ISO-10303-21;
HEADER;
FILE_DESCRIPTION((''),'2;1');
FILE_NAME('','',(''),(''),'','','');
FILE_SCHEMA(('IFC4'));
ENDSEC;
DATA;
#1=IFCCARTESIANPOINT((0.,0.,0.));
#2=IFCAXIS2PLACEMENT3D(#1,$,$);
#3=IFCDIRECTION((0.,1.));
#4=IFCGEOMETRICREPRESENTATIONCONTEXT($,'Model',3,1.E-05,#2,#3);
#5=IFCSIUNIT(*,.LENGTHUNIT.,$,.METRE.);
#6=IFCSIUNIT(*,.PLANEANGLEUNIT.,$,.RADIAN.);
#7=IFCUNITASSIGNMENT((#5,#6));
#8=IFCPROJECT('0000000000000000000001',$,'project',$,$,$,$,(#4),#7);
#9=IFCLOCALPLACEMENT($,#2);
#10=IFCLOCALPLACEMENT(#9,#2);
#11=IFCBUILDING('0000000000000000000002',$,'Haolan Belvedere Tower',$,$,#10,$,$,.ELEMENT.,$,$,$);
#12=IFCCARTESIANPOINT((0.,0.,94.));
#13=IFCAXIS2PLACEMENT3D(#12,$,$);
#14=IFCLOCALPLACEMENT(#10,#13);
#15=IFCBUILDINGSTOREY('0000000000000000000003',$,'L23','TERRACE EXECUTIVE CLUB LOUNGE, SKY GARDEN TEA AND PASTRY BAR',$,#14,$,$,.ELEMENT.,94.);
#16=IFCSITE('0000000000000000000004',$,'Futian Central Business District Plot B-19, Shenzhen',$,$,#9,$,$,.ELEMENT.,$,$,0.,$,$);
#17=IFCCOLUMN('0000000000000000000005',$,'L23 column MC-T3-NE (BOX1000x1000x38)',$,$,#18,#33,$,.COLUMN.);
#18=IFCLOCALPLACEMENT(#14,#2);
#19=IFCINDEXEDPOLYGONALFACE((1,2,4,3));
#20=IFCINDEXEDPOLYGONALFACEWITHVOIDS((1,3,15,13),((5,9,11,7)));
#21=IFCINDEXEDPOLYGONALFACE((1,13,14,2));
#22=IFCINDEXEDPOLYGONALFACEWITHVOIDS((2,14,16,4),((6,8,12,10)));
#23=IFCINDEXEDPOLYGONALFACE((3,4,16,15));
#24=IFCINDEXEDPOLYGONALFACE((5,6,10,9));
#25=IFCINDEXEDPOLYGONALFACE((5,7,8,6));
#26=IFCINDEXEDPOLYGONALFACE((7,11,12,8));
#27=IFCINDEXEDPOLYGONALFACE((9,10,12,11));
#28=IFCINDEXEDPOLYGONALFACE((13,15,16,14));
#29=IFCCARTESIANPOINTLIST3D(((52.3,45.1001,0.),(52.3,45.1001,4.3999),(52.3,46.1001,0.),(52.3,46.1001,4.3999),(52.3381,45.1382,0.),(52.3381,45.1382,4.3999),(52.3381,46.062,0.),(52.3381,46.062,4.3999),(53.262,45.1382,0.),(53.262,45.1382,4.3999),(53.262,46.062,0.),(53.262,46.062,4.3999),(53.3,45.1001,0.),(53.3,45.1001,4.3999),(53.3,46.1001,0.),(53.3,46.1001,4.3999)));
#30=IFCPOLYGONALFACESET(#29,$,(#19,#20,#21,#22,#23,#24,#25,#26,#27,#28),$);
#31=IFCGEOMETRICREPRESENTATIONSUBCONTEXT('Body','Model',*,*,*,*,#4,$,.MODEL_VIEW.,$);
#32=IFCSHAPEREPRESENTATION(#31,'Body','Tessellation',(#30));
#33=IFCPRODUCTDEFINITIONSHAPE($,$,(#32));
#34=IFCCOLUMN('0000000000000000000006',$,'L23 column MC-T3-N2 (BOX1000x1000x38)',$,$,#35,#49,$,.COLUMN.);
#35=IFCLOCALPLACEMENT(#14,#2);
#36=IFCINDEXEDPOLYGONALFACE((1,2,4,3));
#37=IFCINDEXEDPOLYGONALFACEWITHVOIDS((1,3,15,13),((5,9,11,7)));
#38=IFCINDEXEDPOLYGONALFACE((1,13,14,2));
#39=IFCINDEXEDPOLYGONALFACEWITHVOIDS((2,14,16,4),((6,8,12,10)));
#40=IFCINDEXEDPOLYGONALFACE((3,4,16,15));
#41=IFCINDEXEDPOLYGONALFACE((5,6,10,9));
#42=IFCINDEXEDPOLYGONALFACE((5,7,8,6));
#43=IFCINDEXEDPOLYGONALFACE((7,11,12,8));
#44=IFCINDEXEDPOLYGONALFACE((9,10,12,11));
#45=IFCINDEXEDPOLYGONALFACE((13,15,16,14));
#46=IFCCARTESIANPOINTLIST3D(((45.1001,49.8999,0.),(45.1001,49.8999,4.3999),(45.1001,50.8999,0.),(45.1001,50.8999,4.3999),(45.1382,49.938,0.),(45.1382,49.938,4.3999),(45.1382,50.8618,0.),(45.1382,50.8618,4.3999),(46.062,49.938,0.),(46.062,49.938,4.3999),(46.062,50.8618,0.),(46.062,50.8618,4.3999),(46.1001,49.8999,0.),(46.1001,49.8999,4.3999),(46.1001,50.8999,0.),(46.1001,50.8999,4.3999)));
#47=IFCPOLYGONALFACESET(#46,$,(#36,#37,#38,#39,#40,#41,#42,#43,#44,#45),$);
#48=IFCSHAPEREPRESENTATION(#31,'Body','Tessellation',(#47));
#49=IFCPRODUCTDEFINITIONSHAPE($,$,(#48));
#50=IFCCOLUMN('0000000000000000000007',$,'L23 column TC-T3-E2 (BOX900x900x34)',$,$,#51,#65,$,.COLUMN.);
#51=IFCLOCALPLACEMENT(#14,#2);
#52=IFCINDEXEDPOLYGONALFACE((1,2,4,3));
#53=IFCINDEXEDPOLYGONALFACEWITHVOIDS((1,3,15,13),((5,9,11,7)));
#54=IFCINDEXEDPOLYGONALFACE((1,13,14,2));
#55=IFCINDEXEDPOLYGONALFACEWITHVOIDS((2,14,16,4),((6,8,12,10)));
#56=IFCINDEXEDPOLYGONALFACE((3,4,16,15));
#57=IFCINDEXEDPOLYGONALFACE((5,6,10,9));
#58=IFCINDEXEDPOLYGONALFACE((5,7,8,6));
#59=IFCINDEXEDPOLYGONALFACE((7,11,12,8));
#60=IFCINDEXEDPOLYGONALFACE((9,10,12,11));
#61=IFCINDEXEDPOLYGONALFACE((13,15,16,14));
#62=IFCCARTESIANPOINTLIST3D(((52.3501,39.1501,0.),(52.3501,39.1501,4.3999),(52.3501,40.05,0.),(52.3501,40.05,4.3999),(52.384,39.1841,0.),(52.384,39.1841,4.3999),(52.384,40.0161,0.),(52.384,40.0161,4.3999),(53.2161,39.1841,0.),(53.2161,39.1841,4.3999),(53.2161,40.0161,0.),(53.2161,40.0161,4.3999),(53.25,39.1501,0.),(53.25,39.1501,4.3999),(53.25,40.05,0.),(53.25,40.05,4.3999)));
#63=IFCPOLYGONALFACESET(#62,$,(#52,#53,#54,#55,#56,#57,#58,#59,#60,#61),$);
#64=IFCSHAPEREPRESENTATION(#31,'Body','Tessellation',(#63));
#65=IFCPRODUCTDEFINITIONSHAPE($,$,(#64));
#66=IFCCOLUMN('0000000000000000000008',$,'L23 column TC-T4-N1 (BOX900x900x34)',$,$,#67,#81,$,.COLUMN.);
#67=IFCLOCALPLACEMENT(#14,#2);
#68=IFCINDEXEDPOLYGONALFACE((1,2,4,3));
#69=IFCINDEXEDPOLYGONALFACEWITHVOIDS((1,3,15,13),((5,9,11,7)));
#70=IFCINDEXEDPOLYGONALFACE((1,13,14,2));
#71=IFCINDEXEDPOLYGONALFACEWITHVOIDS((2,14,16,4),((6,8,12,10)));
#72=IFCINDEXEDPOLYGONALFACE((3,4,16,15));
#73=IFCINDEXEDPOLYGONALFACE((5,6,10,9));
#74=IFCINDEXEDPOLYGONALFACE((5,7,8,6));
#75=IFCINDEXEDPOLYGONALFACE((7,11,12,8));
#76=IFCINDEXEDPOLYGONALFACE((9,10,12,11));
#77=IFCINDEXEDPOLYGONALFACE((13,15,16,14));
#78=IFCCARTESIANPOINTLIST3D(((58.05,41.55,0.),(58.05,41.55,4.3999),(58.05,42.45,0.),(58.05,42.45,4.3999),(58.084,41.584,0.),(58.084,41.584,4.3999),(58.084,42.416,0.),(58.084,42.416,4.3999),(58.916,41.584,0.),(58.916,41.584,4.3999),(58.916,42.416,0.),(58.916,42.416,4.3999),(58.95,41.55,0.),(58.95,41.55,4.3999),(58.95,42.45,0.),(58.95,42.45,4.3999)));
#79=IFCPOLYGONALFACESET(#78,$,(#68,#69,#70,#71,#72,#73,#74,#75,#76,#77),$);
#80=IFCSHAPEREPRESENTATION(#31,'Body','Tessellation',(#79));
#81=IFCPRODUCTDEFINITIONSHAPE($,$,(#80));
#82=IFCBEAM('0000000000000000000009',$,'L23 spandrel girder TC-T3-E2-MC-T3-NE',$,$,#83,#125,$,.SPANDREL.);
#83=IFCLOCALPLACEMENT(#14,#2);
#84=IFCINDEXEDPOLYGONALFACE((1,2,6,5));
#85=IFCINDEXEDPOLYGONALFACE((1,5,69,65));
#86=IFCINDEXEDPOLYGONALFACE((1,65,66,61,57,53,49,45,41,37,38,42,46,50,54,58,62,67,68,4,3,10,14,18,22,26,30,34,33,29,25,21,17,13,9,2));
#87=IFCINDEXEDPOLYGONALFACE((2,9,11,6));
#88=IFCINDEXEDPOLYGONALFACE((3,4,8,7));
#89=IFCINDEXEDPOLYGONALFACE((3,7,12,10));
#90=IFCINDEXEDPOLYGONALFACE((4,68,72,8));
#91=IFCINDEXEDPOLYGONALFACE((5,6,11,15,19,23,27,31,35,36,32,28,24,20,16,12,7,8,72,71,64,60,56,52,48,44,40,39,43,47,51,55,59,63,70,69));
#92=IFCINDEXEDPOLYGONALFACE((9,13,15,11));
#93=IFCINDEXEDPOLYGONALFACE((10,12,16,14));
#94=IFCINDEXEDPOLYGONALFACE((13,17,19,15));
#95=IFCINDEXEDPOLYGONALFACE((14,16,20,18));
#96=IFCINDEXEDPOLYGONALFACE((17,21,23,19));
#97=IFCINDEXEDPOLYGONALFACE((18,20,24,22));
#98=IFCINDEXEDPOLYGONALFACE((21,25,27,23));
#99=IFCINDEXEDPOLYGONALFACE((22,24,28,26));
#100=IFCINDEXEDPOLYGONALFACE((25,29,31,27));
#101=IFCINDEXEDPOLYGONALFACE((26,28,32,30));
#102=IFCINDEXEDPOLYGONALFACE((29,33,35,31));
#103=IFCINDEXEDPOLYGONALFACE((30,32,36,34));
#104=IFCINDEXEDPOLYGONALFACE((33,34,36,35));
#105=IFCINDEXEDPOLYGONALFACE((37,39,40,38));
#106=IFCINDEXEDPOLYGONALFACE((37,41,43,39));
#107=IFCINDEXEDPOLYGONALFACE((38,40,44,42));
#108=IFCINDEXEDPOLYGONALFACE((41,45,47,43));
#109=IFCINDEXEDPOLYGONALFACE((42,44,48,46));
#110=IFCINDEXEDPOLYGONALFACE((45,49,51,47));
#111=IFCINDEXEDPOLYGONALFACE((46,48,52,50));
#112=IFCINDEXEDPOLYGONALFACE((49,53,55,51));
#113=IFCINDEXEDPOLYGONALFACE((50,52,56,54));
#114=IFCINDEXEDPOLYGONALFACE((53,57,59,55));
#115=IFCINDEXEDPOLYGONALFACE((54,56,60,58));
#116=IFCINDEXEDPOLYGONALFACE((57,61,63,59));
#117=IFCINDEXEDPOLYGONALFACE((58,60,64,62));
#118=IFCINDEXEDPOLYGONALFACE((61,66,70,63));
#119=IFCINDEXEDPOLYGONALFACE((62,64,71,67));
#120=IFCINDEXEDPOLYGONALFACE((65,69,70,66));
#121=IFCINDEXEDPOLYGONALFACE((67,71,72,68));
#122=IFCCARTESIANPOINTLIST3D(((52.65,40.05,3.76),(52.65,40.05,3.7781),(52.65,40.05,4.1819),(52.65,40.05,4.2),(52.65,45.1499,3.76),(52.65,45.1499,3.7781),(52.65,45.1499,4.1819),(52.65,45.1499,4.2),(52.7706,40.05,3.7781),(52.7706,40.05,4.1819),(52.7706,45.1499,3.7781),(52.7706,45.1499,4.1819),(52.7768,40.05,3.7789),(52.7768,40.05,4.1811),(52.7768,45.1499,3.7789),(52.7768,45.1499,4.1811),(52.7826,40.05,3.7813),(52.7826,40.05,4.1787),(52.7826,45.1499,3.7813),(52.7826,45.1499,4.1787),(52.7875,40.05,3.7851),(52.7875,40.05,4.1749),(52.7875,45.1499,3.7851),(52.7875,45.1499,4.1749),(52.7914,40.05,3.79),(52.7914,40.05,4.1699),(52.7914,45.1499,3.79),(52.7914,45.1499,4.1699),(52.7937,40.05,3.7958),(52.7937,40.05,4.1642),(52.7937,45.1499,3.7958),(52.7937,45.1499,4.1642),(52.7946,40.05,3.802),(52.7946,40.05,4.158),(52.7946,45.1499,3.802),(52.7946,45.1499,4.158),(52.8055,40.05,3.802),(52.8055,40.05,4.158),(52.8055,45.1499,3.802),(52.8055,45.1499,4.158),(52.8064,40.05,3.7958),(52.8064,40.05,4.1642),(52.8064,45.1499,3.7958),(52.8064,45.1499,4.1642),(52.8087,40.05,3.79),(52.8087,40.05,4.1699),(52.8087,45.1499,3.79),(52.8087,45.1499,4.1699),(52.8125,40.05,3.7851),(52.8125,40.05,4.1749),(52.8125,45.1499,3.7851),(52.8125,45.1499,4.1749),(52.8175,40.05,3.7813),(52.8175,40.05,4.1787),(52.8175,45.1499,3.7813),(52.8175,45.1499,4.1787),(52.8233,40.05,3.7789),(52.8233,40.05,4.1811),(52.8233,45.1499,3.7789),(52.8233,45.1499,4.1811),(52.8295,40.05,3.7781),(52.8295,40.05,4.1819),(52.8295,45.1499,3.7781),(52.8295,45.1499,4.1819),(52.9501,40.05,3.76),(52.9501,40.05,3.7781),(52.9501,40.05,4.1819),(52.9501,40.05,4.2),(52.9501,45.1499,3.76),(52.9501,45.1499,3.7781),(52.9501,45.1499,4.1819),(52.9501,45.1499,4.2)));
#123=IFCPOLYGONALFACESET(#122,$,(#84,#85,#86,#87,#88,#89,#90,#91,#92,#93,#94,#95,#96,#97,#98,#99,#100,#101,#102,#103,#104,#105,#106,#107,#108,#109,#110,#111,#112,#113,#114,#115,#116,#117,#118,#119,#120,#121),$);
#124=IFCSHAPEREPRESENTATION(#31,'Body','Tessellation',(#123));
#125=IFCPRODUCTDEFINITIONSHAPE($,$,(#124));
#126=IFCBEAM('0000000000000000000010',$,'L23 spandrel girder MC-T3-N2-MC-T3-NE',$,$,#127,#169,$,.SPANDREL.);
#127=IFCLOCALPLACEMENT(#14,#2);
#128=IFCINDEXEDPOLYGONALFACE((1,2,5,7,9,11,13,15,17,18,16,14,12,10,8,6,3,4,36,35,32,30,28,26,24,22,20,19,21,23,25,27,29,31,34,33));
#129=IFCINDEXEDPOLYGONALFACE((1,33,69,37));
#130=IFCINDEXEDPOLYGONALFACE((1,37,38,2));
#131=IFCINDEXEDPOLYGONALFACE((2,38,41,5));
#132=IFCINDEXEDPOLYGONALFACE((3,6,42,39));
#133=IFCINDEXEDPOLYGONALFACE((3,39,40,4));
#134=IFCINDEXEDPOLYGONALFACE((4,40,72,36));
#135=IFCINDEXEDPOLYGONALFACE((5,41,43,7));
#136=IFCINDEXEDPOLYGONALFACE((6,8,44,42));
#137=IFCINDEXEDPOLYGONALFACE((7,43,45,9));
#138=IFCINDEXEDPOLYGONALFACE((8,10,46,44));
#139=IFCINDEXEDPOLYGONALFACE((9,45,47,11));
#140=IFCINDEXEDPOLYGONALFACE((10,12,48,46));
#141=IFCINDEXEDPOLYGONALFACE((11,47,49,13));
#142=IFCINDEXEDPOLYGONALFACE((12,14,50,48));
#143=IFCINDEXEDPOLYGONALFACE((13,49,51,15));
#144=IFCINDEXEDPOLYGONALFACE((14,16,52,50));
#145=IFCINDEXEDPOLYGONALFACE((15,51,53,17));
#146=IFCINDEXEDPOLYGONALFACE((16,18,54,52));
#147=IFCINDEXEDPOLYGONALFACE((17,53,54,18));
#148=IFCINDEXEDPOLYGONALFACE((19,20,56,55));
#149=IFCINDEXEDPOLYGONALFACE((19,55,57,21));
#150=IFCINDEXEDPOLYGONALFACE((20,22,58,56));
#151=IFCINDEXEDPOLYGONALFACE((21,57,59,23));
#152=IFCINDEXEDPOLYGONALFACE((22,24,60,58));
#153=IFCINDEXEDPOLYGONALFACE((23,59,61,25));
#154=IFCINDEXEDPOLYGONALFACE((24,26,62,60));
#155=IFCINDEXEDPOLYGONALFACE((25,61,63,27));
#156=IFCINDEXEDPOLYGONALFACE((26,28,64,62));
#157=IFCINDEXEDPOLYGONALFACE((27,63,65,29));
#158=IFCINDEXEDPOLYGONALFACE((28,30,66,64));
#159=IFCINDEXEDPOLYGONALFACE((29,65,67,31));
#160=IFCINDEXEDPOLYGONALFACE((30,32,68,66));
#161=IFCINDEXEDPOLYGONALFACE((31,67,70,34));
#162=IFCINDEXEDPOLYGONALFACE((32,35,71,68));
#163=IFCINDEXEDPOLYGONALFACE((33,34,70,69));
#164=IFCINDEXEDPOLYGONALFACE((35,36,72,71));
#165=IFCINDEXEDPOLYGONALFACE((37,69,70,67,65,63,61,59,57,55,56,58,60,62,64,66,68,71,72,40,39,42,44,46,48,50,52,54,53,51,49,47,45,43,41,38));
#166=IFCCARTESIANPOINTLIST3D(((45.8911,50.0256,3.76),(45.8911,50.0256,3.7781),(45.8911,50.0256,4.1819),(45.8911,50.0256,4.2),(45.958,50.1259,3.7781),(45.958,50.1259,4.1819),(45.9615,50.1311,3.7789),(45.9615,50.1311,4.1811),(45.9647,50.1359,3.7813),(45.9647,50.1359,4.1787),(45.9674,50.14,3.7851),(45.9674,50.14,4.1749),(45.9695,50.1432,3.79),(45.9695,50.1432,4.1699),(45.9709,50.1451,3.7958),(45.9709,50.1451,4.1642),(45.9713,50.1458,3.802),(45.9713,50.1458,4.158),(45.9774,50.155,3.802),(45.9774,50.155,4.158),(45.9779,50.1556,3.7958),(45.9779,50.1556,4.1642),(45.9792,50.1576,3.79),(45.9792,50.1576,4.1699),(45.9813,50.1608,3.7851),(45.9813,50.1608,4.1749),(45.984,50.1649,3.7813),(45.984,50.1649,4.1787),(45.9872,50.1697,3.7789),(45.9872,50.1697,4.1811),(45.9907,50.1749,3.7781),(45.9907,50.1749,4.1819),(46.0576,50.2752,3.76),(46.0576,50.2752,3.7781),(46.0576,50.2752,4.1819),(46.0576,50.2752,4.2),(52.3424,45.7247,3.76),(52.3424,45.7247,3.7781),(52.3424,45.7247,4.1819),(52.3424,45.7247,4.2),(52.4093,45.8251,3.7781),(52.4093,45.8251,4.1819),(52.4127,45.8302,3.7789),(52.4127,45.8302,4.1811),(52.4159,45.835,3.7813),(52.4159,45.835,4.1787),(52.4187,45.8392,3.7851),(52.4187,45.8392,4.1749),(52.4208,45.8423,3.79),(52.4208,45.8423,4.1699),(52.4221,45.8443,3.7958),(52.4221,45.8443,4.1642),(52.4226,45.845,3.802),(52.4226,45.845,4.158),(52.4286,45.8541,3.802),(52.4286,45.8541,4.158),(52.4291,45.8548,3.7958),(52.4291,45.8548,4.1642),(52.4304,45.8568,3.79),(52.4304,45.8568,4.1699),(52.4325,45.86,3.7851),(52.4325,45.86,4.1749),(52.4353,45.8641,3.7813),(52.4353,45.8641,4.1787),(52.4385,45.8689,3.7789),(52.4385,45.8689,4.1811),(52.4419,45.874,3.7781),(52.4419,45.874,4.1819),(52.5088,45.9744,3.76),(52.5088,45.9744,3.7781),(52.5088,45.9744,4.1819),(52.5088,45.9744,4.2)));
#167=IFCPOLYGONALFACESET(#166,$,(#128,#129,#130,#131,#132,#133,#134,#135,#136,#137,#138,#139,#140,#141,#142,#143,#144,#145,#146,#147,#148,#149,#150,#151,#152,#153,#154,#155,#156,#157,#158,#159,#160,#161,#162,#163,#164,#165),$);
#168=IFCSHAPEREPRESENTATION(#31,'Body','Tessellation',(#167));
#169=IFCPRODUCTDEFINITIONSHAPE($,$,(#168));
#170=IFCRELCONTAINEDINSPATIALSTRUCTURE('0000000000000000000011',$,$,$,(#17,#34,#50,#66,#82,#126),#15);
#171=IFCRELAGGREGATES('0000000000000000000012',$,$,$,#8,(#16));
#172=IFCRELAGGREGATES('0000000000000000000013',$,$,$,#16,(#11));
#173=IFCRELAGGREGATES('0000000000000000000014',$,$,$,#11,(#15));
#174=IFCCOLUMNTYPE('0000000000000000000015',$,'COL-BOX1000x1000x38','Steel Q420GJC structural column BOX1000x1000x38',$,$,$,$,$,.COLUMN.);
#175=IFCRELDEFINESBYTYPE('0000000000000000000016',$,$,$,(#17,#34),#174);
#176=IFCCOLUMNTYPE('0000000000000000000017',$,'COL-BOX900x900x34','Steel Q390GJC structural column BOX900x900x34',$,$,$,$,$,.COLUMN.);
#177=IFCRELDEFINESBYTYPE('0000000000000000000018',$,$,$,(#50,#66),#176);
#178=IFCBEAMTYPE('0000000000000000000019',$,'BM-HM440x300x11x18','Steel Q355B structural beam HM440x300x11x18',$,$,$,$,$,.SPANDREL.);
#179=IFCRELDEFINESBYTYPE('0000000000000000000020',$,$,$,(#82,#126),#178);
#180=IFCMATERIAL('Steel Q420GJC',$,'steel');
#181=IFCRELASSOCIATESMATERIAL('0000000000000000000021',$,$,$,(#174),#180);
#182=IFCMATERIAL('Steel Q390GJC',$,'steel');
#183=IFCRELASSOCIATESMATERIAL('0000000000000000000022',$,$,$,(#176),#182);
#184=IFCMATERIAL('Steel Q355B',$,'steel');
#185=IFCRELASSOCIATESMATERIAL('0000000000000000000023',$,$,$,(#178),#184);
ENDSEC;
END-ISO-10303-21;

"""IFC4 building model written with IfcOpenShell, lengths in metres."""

from ifc_helpers import new_model, si_unit, direction, frame, origin, origin_2d, place, context, subcontext, project, spatial, hollow_rectangle, i_section, extrude, material, material_profile, profile_set, type_object, element, save


model = new_model("IFC4")

# Units and contexts
model_context = context("Model", 3, precision=1e-05, world=origin(), true_north=direction((0.0, 1.0)))
body_context = subcontext(model_context, "Body", "Model", "MODEL_VIEW")
ifc_project = project(units=[si_unit("LENGTHUNIT", "METRE"), si_unit("PLANEANGLEUNIT", "RADIAN")], contexts=[model_context])

# Site, building, storey
site_placement = place(None, origin())
site = spatial("IfcSite", under=ifc_project, at=site_placement, Name="Futian Central Business District Plot B-19, Shenzhen", CompositionType="ELEMENT", RefElevation=0.0)
building_placement = place(site_placement, origin())
building = spatial("IfcBuilding", under=site, at=building_placement, Name="Haolan Belvedere Tower", CompositionType="ELEMENT")
storey_placement = place(building_placement, frame((0.0, 0.0, 94.0)))
storey = spatial("IfcBuildingStorey", under=building, at=storey_placement, Name="L23", Description="TERRACE EXECUTIVE CLUB LOUNGE, SKY GARDEN TEA AND PASTRY BAR", CompositionType="ELEMENT", Elevation=94.0)

# Columns
ifc_material_1 = material(Name="Steel Q420GJC", Category="steel")
ifc_material_profile_1 = material_profile(ifc_material_1, hollow_rectangle(XDim=1.0, YDim=1.0, WallThickness=0.0381, at=origin_2d()), Name="Steel Q420GJC")
ifc_profile_set_1 = profile_set([ifc_material_profile_1], Name="Steel Q420GJC")
column_type_1 = type_object("IfcColumnType", Name="COL-BOX1000x1000x38", Description="Steel Q420GJC structural column BOX1000x1000x38", PredefinedType="COLUMN", material=ifc_profile_set_1)
for number, where, z_axis, x_axis, name in (
    (1, (52.8, 45.6001, 0.0), (0.0, 0.0, 1.0), (1.0, 0.0, 0.0), "L23 column MC-T3-NE (BOX1000x1000x38)"),
    (2, (45.6001, 50.3999, 0.0), (0.0, 0.0, 1.0), (1.0, 0.0, 0.0), "L23 column MC-T3-N2 (BOX1000x1000x38)"),
):
    element("IfcColumn", number, at=place(storey_placement, frame(where, z_axis=z_axis, x_axis=x_axis)), inside=storey, type_object=column_type_1, Name=name, PredefinedType="COLUMN", context=body_context, shape_type="SweptSolid", body=[
        extrude(hollow_rectangle(XDim=1.0, YDim=1.0, WallThickness=0.0381, at=origin_2d()), origin(), (0.0, 0.0, 1.0), 4.3999),
    ])
ifc_material_2 = material(Name="Steel Q390GJC", Category="steel")
ifc_material_profile_2 = material_profile(ifc_material_2, hollow_rectangle(XDim=0.8999, YDim=0.8999, WallThickness=0.0339, at=origin_2d()), Name="Steel Q390GJC")
ifc_profile_set_2 = profile_set([ifc_material_profile_2], Name="Steel Q390GJC")
column_type_2 = type_object("IfcColumnType", Name="COL-BOX900x900x34", Description="Steel Q390GJC structural column BOX900x900x34", PredefinedType="COLUMN", material=ifc_profile_set_2)
for number, where, z_axis, x_axis, name in (
    (3, (52.8, 39.6001, 0.0), (0.0, 0.0, 1.0), (1.0, 0.0, 0.0), "L23 column TC-T3-E2 (BOX900x900x34)"),
    (4, (58.5, 42.0, 0.0), (0.0, 0.0, 1.0), (1.0, 0.0, 0.0), "L23 column TC-T4-N1 (BOX900x900x34)"),
):
    element("IfcColumn", number, at=place(storey_placement, frame(where, z_axis=z_axis, x_axis=x_axis)), inside=storey, type_object=column_type_2, Name=name, PredefinedType="COLUMN", context=body_context, shape_type="SweptSolid", body=[
        extrude(hollow_rectangle(XDim=0.8999, YDim=0.8999, WallThickness=0.0339, at=origin_2d()), origin(), (0.0, 0.0, 1.0), 4.3999),
    ])

# Beams
ifc_material_3 = material(Name="Steel Q355B", Category="steel")
ifc_material_profile_3 = material_profile(ifc_material_3, i_section(OverallWidth=0.3, OverallDepth=0.4399, WebThickness=0.011, FlangeThickness=0.0181, FilletRadius=0.0239, at=origin_2d()), Name="Steel Q355B")
ifc_profile_set_3 = profile_set([ifc_material_profile_3], Name="Steel Q355B")
beam_type_1 = type_object("IfcBeamType", Name="BM-HM440x300x11x18", Description="Steel Q355B structural beam HM440x300x11x18", PredefinedType="SPANDREL", material=ifc_profile_set_3)
beam_1_placement = place(storey_placement, frame((52.8, 40.05, 3.98), z_axis=(0.0, 1.0, 0.0), x_axis=(-1.0, 0.0, 0.0)))
element("IfcBeam", 5, at=beam_1_placement, inside=storey, type_object=beam_type_1, Name="L23 spandrel girder TC-T3-E2-MC-T3-NE", PredefinedType="SPANDREL", context=body_context, shape_type="SweptSolid", body=[
    extrude(i_section(OverallWidth=0.3, OverallDepth=0.4399, WebThickness=0.011, FlangeThickness=0.0181, FilletRadius=0.0239, at=origin_2d()), origin(), (0.0, 0.0, 1.0), 5.0999),
])
beam_2_placement = place(storey_placement, frame((45.9744, 50.1504, 3.98), z_axis=(0.83205, -0.5547, 0.0), x_axis=(0.5547, 0.83205, 0.0)))
element("IfcBeam", 6, at=beam_2_placement, inside=storey, type_object=beam_type_1, Name="L23 spandrel girder MC-T3-N2-MC-T3-NE", PredefinedType="SPANDREL", context=body_context, shape_type="SweptSolid", body=[
    extrude(i_section(OverallWidth=0.3, OverallDepth=0.4399, WebThickness=0.011, FlangeThickness=0.0181, FilletRadius=0.0239, at=origin_2d()), origin(), (0.0, 0.0, 1.0), 7.7534),
])

save(model, "model.ifc")
